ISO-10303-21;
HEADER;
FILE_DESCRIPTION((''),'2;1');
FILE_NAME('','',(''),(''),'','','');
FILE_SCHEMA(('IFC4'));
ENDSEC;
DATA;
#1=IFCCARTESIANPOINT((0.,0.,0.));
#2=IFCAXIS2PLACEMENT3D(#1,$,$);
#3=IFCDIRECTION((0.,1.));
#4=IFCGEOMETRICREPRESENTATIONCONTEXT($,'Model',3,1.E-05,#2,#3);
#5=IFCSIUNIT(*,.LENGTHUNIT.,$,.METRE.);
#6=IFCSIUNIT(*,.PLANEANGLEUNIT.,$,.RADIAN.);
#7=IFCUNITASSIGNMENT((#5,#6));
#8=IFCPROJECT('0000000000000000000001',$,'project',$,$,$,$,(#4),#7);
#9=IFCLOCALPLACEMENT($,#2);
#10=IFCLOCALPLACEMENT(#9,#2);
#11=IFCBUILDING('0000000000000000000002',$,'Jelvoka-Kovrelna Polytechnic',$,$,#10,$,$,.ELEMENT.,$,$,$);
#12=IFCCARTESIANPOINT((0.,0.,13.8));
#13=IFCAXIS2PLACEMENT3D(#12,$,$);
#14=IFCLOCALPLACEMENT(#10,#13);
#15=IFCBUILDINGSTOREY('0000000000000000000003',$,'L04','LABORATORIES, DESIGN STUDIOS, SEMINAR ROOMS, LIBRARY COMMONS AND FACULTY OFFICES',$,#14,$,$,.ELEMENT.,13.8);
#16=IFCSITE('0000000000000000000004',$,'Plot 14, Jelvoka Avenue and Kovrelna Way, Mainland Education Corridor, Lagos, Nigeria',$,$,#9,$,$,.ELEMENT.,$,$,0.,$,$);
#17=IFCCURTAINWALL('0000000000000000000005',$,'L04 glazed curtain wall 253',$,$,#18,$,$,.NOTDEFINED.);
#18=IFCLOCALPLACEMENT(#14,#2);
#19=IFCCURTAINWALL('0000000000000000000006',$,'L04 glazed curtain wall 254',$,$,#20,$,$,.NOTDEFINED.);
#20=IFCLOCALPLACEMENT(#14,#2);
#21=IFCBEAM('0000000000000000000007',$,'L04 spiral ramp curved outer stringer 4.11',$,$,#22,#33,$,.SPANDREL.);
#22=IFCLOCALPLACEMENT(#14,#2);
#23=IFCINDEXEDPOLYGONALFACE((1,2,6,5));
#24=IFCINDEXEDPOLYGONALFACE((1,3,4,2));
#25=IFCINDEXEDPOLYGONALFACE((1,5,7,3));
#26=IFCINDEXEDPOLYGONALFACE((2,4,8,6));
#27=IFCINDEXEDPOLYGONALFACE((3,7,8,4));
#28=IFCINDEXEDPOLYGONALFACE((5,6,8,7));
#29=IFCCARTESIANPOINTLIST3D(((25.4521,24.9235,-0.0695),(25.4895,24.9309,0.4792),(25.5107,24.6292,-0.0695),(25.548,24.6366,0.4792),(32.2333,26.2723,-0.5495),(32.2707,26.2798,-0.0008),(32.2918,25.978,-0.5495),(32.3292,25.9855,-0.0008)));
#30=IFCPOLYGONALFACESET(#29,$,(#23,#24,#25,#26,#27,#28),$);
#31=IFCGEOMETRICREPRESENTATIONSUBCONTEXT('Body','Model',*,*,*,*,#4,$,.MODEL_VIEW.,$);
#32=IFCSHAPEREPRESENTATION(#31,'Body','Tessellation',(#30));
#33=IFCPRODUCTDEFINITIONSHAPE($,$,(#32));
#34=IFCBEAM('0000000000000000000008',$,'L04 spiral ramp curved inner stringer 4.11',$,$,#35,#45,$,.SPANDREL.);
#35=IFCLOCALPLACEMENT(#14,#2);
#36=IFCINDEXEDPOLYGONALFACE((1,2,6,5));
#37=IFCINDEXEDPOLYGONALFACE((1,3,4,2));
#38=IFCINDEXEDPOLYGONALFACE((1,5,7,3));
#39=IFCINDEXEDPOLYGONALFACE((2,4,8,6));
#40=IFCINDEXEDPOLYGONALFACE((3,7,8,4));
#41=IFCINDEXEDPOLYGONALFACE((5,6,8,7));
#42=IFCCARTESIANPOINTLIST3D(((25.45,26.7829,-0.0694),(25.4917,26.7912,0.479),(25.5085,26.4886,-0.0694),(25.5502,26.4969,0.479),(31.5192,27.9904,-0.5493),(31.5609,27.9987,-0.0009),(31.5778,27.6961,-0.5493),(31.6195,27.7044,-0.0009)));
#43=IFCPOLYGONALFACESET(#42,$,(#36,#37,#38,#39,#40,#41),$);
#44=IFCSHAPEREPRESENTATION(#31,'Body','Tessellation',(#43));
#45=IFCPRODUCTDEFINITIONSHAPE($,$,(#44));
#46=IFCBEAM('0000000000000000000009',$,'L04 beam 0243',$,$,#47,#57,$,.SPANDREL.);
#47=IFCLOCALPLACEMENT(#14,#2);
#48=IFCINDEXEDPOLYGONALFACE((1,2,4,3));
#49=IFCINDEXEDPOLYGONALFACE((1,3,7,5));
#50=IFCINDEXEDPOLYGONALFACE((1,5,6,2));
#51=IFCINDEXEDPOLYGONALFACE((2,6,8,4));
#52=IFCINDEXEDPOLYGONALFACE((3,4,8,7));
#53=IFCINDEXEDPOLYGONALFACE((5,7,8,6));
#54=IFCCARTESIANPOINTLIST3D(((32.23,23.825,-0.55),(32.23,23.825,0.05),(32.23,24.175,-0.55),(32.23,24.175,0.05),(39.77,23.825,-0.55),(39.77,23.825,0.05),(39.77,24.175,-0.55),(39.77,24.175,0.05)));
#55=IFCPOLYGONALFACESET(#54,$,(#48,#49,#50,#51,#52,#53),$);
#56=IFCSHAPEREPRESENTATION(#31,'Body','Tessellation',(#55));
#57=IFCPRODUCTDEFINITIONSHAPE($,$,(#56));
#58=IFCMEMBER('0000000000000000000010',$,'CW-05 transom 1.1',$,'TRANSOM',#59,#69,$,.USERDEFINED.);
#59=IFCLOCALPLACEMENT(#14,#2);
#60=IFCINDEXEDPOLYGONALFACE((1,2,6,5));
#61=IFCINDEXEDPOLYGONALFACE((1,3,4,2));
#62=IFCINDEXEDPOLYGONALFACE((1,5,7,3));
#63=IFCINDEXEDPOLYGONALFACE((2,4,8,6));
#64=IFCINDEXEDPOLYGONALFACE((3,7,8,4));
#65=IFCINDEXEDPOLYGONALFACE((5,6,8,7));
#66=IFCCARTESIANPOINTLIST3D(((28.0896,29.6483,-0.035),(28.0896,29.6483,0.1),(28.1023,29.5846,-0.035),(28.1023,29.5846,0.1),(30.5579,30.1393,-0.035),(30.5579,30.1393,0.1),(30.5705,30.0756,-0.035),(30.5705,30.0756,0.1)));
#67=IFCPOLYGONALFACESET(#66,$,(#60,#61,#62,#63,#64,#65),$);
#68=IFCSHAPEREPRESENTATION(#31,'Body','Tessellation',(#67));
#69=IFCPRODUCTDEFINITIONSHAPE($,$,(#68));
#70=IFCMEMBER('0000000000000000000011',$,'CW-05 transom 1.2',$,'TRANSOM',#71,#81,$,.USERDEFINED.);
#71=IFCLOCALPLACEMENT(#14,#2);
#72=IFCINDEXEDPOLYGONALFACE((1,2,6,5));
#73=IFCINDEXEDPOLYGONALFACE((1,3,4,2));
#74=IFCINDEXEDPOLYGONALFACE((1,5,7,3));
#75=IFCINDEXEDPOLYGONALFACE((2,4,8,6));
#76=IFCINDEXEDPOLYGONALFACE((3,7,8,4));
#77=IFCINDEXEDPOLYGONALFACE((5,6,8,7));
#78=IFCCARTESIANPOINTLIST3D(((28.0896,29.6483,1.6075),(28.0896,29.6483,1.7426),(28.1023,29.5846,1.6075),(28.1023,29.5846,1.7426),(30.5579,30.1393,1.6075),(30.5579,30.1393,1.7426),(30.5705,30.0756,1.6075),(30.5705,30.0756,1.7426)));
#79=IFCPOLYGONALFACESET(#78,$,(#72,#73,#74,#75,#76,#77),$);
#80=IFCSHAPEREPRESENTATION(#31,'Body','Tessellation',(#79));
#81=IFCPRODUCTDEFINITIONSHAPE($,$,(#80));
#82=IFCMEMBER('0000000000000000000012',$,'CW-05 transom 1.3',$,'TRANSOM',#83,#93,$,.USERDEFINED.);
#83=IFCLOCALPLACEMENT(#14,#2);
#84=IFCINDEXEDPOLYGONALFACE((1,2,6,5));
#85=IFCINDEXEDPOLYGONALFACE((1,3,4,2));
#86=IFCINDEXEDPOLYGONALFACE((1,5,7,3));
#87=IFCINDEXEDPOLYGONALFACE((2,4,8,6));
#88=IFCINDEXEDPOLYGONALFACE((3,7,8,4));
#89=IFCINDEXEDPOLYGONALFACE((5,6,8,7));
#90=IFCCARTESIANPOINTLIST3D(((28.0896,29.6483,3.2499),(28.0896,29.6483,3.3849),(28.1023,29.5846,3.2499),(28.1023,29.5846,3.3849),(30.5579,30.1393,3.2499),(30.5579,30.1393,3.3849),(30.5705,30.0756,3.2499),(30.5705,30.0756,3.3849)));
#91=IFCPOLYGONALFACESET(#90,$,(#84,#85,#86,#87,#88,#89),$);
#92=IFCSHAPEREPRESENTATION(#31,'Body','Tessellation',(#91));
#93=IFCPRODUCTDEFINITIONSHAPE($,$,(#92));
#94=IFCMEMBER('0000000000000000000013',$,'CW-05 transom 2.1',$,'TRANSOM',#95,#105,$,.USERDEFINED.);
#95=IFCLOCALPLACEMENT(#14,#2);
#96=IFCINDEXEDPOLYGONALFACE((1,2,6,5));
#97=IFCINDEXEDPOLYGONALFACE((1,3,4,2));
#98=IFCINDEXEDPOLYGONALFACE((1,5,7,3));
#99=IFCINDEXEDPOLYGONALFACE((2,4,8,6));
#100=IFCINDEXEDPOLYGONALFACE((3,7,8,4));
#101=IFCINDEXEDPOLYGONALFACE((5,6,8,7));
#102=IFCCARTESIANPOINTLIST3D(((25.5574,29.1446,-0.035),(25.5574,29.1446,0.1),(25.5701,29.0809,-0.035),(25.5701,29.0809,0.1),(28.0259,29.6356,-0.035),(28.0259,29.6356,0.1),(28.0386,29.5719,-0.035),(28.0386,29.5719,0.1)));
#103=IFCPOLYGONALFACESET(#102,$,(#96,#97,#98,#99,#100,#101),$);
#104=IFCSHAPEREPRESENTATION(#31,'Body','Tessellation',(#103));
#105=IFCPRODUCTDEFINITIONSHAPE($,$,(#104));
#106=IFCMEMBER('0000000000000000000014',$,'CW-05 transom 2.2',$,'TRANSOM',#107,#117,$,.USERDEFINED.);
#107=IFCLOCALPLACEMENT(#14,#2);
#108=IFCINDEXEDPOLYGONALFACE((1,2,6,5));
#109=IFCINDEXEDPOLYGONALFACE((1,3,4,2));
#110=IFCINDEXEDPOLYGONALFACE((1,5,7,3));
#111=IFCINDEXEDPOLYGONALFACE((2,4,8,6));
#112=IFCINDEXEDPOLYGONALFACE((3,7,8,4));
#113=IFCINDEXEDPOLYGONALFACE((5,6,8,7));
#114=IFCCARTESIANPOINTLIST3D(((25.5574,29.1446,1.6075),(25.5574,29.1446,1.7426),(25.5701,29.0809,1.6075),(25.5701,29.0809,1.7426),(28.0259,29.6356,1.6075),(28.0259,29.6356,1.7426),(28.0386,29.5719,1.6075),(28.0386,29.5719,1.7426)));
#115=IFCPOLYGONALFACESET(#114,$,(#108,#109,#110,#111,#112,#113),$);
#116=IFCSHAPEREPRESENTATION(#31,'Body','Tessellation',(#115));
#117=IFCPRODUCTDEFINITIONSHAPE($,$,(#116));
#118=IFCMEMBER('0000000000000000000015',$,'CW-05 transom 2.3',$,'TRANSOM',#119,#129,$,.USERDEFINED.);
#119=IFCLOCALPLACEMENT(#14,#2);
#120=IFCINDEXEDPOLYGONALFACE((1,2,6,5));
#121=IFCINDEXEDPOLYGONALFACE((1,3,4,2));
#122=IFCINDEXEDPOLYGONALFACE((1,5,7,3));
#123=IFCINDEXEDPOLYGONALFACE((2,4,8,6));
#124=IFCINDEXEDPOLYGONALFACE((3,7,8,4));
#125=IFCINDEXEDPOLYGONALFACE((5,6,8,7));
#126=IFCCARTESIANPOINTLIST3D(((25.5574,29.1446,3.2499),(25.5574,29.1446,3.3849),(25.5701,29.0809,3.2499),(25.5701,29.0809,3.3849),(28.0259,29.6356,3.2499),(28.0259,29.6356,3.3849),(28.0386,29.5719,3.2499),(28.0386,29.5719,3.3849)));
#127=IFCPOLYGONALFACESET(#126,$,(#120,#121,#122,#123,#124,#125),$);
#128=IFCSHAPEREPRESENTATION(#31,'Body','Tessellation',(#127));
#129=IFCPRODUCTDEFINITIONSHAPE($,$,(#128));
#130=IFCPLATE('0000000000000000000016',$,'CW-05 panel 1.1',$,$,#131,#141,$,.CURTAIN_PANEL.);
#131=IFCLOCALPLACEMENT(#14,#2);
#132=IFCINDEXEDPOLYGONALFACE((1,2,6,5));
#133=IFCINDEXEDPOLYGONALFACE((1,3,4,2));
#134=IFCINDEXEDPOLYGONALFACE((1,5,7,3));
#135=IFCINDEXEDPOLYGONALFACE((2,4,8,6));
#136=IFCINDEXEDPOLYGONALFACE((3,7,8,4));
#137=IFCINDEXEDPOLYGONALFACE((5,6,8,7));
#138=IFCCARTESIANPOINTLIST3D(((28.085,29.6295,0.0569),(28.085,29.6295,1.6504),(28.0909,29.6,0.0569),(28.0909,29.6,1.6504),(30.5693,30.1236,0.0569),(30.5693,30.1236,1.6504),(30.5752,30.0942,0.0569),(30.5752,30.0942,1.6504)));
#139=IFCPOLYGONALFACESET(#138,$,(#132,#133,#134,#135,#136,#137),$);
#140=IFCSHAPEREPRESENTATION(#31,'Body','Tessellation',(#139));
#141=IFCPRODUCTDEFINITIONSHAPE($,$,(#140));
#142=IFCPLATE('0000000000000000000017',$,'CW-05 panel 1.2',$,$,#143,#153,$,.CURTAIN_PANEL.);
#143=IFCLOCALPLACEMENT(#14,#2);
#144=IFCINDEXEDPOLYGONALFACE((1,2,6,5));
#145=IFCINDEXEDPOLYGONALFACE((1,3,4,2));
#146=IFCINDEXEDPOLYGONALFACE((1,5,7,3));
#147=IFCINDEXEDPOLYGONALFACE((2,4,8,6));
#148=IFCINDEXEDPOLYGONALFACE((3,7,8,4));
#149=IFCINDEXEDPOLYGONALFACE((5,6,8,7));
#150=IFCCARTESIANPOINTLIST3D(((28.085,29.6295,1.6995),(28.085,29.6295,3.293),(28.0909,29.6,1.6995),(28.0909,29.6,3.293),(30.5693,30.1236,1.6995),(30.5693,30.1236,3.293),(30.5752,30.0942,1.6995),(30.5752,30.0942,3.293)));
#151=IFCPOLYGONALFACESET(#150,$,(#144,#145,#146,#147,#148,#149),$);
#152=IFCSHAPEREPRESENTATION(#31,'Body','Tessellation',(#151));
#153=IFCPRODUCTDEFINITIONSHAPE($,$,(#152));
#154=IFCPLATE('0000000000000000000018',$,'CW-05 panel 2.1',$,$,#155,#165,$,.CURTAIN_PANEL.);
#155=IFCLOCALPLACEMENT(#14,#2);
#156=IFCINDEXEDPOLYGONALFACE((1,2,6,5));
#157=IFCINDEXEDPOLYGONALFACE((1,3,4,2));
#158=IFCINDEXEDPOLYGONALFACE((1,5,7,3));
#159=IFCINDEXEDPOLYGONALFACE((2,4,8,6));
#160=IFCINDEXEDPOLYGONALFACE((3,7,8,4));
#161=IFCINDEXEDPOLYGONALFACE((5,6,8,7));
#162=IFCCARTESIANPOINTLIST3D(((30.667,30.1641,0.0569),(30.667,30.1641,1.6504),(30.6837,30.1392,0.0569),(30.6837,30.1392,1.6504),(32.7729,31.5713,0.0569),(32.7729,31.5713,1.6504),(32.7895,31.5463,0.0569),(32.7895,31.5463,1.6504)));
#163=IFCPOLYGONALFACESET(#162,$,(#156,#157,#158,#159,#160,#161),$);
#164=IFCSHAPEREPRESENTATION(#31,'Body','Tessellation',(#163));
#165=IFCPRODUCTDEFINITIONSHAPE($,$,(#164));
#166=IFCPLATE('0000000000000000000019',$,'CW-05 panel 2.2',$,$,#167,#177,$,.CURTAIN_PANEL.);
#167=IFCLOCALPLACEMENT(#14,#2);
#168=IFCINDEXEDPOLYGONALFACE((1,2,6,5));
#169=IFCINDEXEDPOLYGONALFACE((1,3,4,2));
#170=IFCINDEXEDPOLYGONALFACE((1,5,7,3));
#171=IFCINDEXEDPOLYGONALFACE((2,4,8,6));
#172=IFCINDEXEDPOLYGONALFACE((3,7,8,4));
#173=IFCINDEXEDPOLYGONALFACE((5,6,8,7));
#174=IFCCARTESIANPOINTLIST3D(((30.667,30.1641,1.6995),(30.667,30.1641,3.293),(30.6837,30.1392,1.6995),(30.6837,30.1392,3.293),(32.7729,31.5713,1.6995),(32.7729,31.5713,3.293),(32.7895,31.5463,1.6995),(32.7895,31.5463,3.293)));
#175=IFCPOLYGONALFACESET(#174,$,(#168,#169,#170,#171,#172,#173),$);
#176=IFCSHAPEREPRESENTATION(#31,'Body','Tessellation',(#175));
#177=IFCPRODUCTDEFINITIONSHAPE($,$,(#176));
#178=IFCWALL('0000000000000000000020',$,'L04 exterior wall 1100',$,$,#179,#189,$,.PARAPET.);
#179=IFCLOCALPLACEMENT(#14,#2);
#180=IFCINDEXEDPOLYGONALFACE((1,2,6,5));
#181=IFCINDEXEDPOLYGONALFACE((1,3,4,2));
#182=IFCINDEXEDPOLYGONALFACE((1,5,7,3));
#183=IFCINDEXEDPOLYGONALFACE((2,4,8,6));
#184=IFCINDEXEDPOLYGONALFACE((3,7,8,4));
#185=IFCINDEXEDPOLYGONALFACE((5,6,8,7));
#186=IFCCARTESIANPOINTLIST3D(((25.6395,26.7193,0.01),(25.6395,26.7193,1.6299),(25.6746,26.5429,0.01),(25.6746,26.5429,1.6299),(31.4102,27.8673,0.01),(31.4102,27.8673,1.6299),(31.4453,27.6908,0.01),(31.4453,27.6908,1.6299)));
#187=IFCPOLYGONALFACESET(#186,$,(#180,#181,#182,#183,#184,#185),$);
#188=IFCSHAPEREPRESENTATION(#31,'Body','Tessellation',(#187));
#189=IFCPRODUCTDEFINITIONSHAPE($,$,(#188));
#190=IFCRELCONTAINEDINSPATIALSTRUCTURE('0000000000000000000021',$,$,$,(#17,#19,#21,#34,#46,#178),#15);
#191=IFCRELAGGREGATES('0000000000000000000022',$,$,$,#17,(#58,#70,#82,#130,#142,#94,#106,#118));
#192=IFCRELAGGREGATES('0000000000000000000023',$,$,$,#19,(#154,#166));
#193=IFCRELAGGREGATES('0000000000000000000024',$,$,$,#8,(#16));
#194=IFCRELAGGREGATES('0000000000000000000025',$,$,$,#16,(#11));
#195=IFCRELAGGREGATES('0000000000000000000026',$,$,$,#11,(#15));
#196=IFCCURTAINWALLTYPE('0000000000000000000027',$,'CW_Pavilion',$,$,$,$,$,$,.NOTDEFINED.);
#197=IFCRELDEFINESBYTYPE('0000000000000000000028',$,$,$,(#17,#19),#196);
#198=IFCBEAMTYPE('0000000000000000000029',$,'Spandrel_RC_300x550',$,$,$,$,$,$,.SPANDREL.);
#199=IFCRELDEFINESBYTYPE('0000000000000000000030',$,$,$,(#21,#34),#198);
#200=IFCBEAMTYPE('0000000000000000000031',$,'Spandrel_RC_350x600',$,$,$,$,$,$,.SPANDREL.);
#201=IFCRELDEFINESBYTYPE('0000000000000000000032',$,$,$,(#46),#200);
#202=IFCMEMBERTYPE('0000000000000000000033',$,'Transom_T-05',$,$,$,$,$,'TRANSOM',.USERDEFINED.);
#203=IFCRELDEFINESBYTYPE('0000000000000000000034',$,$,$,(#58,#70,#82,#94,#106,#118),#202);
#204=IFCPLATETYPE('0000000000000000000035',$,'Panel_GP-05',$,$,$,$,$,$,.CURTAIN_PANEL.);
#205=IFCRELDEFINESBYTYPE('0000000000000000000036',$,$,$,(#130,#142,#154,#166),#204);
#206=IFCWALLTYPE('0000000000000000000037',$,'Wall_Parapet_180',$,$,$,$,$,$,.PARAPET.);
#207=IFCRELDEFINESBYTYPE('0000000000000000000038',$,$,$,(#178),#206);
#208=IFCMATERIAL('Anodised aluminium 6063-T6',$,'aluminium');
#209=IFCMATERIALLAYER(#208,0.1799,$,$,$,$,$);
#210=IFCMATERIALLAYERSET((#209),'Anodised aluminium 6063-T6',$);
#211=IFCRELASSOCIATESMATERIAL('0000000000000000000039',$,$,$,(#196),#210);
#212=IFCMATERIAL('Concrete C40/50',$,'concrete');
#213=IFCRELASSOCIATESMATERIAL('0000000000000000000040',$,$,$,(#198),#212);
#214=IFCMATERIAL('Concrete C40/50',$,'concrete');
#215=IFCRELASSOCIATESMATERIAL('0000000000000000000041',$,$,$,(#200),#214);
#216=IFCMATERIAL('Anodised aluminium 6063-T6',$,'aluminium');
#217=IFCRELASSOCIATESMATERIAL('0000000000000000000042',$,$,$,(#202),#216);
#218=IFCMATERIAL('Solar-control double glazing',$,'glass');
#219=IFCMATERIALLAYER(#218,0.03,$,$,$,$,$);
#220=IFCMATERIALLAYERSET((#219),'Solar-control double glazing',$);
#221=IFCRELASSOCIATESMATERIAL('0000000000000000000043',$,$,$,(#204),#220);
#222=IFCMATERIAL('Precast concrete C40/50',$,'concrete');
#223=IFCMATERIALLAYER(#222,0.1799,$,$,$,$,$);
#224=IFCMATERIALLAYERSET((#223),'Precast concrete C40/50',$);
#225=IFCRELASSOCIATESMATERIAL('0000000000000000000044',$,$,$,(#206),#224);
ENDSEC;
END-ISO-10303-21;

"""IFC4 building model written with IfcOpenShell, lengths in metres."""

from ifc_helpers import new_model, si_unit, direction, frame, frame_2d, origin, origin_2d, place, context, subcontext, project, spatial, rectangle, extrude, material, layer, layer_set, material_profile, profile_set, type_object, element, aggregate, save


model = new_model("IFC4")

# Units and contexts
model_context = context("Model", 3, precision=1e-05, world=origin(), true_north=direction((0.0, 1.0)))
body_context = subcontext(model_context, "Body", "Model", "MODEL_VIEW")
ifc_project = project(units=[si_unit("LENGTHUNIT", "METRE"), si_unit("PLANEANGLEUNIT", "RADIAN")], contexts=[model_context])

# Site, building, storey
site_placement = place(None, origin())
site = spatial("IfcSite", under=ifc_project, at=site_placement, Name="Plot 14, Jelvoka Avenue and Kovrelna Way, Mainland Education Corridor, Lagos, Nigeria", CompositionType="ELEMENT", RefElevation=0.0)
building_placement = place(site_placement, origin())
building = spatial("IfcBuilding", under=site, at=building_placement, Name="Jelvoka-Kovrelna Polytechnic", CompositionType="ELEMENT")
storey_placement = place(building_placement, frame((0.0, 0.0, 13.8)))
storey = spatial("IfcBuildingStorey", under=building, at=storey_placement, Name="L04", Description="LABORATORIES, DESIGN STUDIOS, SEMINAR ROOMS, LIBRARY COMMONS AND FACULTY OFFICES", CompositionType="ELEMENT", Elevation=13.8)

# Curtain wall
ifc_material_1 = material(Name="Anodised aluminium 6063-T6", Category="aluminium")
ifc_layer_1 = layer(ifc_material_1, 0.1799)
ifc_layer_set_1 = layer_set([ifc_layer_1], Name="Anodised aluminium 6063-T6")
curtain_wall_type = type_object("IfcCurtainWallType", Name="CW_Pavilion", PredefinedType="NOTDEFINED", material=ifc_layer_set_1)
curtain_wall_1_placement = place(storey_placement, origin())
curtain_wall_1 = element("IfcCurtainWall", 1, at=curtain_wall_1_placement, inside=storey, type_object=curtain_wall_type, Name="L04 glazed curtain wall 253", PredefinedType="NOTDEFINED")

# Curtain wall
curtain_wall_2_placement = place(storey_placement, origin())
curtain_wall_2 = element("IfcCurtainWall", 2, at=curtain_wall_2_placement, inside=storey, type_object=curtain_wall_type, Name="L04 glazed curtain wall 254", PredefinedType="NOTDEFINED")

# Beams
ifc_material_2 = material(Name="Concrete C40/50", Category="concrete")
ifc_material_profile_1 = material_profile(ifc_material_2, rectangle(XDim=0.3, YDim=0.55, at=origin_2d()), Name="RC 300x550")
ifc_profile_set_1 = profile_set([ifc_material_profile_1], Name="Concrete C40/50")
beam_type_1 = type_object("IfcBeamType", Name="Spandrel_RC_300x550", PredefinedType="SPANDREL", material=ifc_profile_set_1)
beam_1_placement = place(storey_placement, frame((32.2812, 26.1289, -0.2751), z_axis=(-0.97843, -0.194622, 0.069254), x_axis=(0.195091, -0.980785, 0.0)))
element("IfcBeam", 3, at=beam_1_placement, inside=storey, type_object=beam_type_1, Name="L04 spiral ramp curved outer stringer 4.11", PredefinedType="SPANDREL", context=body_context, shape_type="SweptSolid", body=[
    extrude(rectangle(XDim=0.3, YDim=0.55, at=origin_2d()), origin(), (0.0, 0.0, 1.0), 6.9307),
])
beam_2_placement = place(storey_placement, frame((31.5693, 27.8474, -0.2751), z_axis=(-0.977841, -0.194545, 0.07733), x_axis=(0.19513, -0.980777, 0.0)))
element("IfcBeam", 4, at=beam_2_placement, inside=storey, type_object=beam_type_1, Name="L04 spiral ramp curved inner stringer 4.11", PredefinedType="SPANDREL", context=body_context, shape_type="SweptSolid", body=[
    extrude(rectangle(XDim=0.3, YDim=0.55, at=origin_2d()), origin(), (0.0, 0.0, 1.0), 6.2068),
])
ifc_material_3 = material(Name="Concrete C40/50", Category="concrete")
ifc_material_profile_2 = material_profile(ifc_material_3, rectangle(XDim=0.3501, YDim=0.6001, at=origin_2d()), Name="RC 350x600")
ifc_profile_set_2 = profile_set([ifc_material_profile_2], Name="Concrete C40/50")
beam_type_2 = type_object("IfcBeamType", Name="Spandrel_RC_350x600", PredefinedType="SPANDREL", material=ifc_profile_set_2)
beam_3_placement = place(storey_placement, frame((32.23, 24.0, -0.25), z_axis=(1.0, 0.0, 0.0), x_axis=(0.0, 1.0, 0.0)))
element("IfcBeam", 5, at=beam_3_placement, inside=storey, type_object=beam_type_2, Name="L04 beam 0243", PredefinedType="SPANDREL", context=body_context, shape_type="SweptSolid", body=[
    extrude(rectangle(XDim=0.3501, YDim=0.6001, at=origin_2d()), origin(), (0.0, 0.0, 1.0), 7.54),
])

# Members
ifc_material_4 = material(Name="Anodised aluminium 6063-T6", Category="aluminium")
ifc_material_profile_3 = material_profile(ifc_material_4, rectangle(XDim=0.0649, YDim=0.135, at=origin_2d()), Name="ALU 65x135")
ifc_profile_set_3 = profile_set([ifc_material_profile_3], Name="Anodised aluminium 6063-T6")
member_type_1 = type_object("IfcMemberType", Name="Transom_T-05", ElementType="TRANSOM", PredefinedType="USERDEFINED", material=ifc_profile_set_3)
member_1_placement = place(storey_placement, frame((30.5642, 30.1074, 0.0325), z_axis=(-0.980785, -0.19509, 0.0), x_axis=(0.19509, -0.980785, 0.0)))
member_1 = element("IfcMember", 6, at=member_1_placement, type_object=member_type_1, Name="CW-05 transom 1.1", ObjectType="TRANSOM", PredefinedType="USERDEFINED", context=body_context, shape_type="SweptSolid", body=[
    extrude(rectangle(XDim=0.0649, YDim=0.135, at=origin_2d()), origin(), (0.0, 0.0, 1.0), 2.5166),
])
member_2_placement = place(storey_placement, frame((30.5642, 30.1074, 1.675), z_axis=(-0.980785, -0.19509, 0.0), x_axis=(0.19509, -0.980785, 0.0)))
member_2 = element("IfcMember", 7, at=member_2_placement, type_object=member_type_1, Name="CW-05 transom 1.2", ObjectType="TRANSOM", PredefinedType="USERDEFINED", context=body_context, shape_type="SweptSolid", body=[
    extrude(rectangle(XDim=0.0649, YDim=0.135, at=origin_2d()), origin(), (0.0, 0.0, 1.0), 2.5166),
])
member_3_placement = place(storey_placement, frame((30.5642, 30.1074, 3.3174), z_axis=(-0.980785, -0.19509, 0.0), x_axis=(0.19509, -0.980785, 0.0)))
member_3 = element("IfcMember", 8, at=member_3_placement, type_object=member_type_1, Name="CW-05 transom 1.3", ObjectType="TRANSOM", PredefinedType="USERDEFINED", context=body_context, shape_type="SweptSolid", body=[
    extrude(rectangle(XDim=0.0649, YDim=0.135, at=origin_2d()), origin(), (0.0, 0.0, 1.0), 2.5166),
])
member_4_placement = place(storey_placement, frame((28.0322, 29.6038, 0.0325), z_axis=(-0.980789, -0.195071, 0.0), x_axis=(0.195071, -0.980789, 0.0)))
member_4 = element("IfcMember", 9, at=member_4_placement, type_object=member_type_1, Name="CW-05 transom 2.1", ObjectType="TRANSOM", PredefinedType="USERDEFINED", context=body_context, shape_type="SweptSolid", body=[
    extrude(rectangle(XDim=0.0649, YDim=0.135, at=origin_2d()), origin(), (0.0, 0.0, 1.0), 2.5168),
])
member_5_placement = place(storey_placement, frame((28.0322, 29.6038, 1.675), z_axis=(-0.980789, -0.195071, 0.0), x_axis=(0.195071, -0.980789, 0.0)))
member_5 = element("IfcMember", 10, at=member_5_placement, type_object=member_type_1, Name="CW-05 transom 2.2", ObjectType="TRANSOM", PredefinedType="USERDEFINED", context=body_context, shape_type="SweptSolid", body=[
    extrude(rectangle(XDim=0.0649, YDim=0.135, at=origin_2d()), origin(), (0.0, 0.0, 1.0), 2.5168),
])
member_6_placement = place(storey_placement, frame((28.0322, 29.6038, 3.3174), z_axis=(-0.980789, -0.195071, 0.0), x_axis=(0.195071, -0.980789, 0.0)))
member_6 = element("IfcMember", 11, at=member_6_placement, type_object=member_type_1, Name="CW-05 transom 2.3", ObjectType="TRANSOM", PredefinedType="USERDEFINED", context=body_context, shape_type="SweptSolid", body=[
    extrude(rectangle(XDim=0.0649, YDim=0.135, at=origin_2d()), origin(), (0.0, 0.0, 1.0), 2.5168),
])

# Plates
ifc_material_5 = material(Name="Solar-control double glazing", Category="glass")
ifc_layer_2 = layer(ifc_material_5, 0.03)
ifc_layer_set_2 = layer_set([ifc_layer_2], Name="Solar-control double glazing")
plate_type = type_object("IfcPlateType", Name="Panel_GP-05", PredefinedType="CURTAIN_PANEL", material=ifc_layer_set_2)
plate_1_placement = place(storey_placement, frame((29.3301, 29.8618, 0.0569), z_axis=(0.0, 0.0, 1.0), x_axis=(-0.980786, -0.195086, 0.0)))
plate_1 = element("IfcPlate", 12, at=plate_1_placement, type_object=plate_type, Name="CW-05 panel 1.1", PredefinedType="CURTAIN_PANEL", context=body_context, shape_type="SweptSolid", body=[
    extrude(rectangle(XDim=2.533, YDim=0.03, at=origin_2d()), origin(), (0.0, 0.0, 1.0), 1.5935),
])
plate_2_placement = place(storey_placement, frame((29.3301, 29.8618, 1.6995), z_axis=(0.0, 0.0, 1.0), x_axis=(-0.980786, -0.195086, 0.0)))
plate_2 = element("IfcPlate", 13, at=plate_2_placement, type_object=plate_type, Name="CW-05 panel 1.2", PredefinedType="CURTAIN_PANEL", context=body_context, shape_type="SweptSolid", body=[
    extrude(rectangle(XDim=2.533, YDim=0.03, at=origin_2d()), origin(), (0.0, 0.0, 1.0), 1.5935),
])
aggregate(curtain_wall_1, [member_1, member_2, member_3, plate_1, plate_2, member_4, member_5, member_6])
plate_3_placement = place(storey_placement, frame((31.7283, 30.8552, 0.0569), z_axis=(0.0, 0.0, 1.0), x_axis=(-0.831461, -0.555583, 0.0)))
plate_3 = element("IfcPlate", 14, at=plate_3_placement, type_object=plate_type, Name="CW-05 panel 2.1", PredefinedType="CURTAIN_PANEL", context=body_context, shape_type="SweptSolid", body=[
    extrude(rectangle(XDim=2.5327, YDim=0.03, at=origin_2d()), origin(), (0.0, 0.0, 1.0), 1.5935),
])
plate_4_placement = place(storey_placement, frame((31.7283, 30.8552, 1.6995), z_axis=(0.0, 0.0, 1.0), x_axis=(-0.831461, -0.555583, 0.0)))
plate_4 = element("IfcPlate", 15, at=plate_4_placement, type_object=plate_type, Name="CW-05 panel 2.2", PredefinedType="CURTAIN_PANEL", context=body_context, shape_type="SweptSolid", body=[
    extrude(rectangle(XDim=2.5327, YDim=0.03, at=origin_2d()), origin(), (0.0, 0.0, 1.0), 1.5935),
])
aggregate(curtain_wall_2, [plate_3, plate_4])

# Wall
ifc_material_6 = material(Name="Precast concrete C40/50", Category="concrete")
ifc_layer_3 = layer(ifc_material_6, 0.1799)
ifc_layer_set_3 = layer_set([ifc_layer_3], Name="Precast concrete C40/50")
wall_type = type_object("IfcWallType", Name="Wall_Parapet_180", PredefinedType="PARAPET", material=ifc_layer_set_3)
wall_placement = place(storey_placement, frame((31.4277, 27.7791, 0.01), z_axis=(0.0, 0.0, 1.0), x_axis=(-0.980783, -0.195103, 0.0)))
element("IfcWall", 16, at=wall_placement, inside=storey, type_object=wall_type, Name="L04 exterior wall 1100", PredefinedType="PARAPET", context=body_context, shape_type="SweptSolid", body=[
    extrude(rectangle(XDim=5.8838, YDim=0.1799, at=frame_2d((2.9419, 0.0))), origin(), (0.0, 0.0, 1.0), 1.6199),
])

save(model, "model.ifc")
